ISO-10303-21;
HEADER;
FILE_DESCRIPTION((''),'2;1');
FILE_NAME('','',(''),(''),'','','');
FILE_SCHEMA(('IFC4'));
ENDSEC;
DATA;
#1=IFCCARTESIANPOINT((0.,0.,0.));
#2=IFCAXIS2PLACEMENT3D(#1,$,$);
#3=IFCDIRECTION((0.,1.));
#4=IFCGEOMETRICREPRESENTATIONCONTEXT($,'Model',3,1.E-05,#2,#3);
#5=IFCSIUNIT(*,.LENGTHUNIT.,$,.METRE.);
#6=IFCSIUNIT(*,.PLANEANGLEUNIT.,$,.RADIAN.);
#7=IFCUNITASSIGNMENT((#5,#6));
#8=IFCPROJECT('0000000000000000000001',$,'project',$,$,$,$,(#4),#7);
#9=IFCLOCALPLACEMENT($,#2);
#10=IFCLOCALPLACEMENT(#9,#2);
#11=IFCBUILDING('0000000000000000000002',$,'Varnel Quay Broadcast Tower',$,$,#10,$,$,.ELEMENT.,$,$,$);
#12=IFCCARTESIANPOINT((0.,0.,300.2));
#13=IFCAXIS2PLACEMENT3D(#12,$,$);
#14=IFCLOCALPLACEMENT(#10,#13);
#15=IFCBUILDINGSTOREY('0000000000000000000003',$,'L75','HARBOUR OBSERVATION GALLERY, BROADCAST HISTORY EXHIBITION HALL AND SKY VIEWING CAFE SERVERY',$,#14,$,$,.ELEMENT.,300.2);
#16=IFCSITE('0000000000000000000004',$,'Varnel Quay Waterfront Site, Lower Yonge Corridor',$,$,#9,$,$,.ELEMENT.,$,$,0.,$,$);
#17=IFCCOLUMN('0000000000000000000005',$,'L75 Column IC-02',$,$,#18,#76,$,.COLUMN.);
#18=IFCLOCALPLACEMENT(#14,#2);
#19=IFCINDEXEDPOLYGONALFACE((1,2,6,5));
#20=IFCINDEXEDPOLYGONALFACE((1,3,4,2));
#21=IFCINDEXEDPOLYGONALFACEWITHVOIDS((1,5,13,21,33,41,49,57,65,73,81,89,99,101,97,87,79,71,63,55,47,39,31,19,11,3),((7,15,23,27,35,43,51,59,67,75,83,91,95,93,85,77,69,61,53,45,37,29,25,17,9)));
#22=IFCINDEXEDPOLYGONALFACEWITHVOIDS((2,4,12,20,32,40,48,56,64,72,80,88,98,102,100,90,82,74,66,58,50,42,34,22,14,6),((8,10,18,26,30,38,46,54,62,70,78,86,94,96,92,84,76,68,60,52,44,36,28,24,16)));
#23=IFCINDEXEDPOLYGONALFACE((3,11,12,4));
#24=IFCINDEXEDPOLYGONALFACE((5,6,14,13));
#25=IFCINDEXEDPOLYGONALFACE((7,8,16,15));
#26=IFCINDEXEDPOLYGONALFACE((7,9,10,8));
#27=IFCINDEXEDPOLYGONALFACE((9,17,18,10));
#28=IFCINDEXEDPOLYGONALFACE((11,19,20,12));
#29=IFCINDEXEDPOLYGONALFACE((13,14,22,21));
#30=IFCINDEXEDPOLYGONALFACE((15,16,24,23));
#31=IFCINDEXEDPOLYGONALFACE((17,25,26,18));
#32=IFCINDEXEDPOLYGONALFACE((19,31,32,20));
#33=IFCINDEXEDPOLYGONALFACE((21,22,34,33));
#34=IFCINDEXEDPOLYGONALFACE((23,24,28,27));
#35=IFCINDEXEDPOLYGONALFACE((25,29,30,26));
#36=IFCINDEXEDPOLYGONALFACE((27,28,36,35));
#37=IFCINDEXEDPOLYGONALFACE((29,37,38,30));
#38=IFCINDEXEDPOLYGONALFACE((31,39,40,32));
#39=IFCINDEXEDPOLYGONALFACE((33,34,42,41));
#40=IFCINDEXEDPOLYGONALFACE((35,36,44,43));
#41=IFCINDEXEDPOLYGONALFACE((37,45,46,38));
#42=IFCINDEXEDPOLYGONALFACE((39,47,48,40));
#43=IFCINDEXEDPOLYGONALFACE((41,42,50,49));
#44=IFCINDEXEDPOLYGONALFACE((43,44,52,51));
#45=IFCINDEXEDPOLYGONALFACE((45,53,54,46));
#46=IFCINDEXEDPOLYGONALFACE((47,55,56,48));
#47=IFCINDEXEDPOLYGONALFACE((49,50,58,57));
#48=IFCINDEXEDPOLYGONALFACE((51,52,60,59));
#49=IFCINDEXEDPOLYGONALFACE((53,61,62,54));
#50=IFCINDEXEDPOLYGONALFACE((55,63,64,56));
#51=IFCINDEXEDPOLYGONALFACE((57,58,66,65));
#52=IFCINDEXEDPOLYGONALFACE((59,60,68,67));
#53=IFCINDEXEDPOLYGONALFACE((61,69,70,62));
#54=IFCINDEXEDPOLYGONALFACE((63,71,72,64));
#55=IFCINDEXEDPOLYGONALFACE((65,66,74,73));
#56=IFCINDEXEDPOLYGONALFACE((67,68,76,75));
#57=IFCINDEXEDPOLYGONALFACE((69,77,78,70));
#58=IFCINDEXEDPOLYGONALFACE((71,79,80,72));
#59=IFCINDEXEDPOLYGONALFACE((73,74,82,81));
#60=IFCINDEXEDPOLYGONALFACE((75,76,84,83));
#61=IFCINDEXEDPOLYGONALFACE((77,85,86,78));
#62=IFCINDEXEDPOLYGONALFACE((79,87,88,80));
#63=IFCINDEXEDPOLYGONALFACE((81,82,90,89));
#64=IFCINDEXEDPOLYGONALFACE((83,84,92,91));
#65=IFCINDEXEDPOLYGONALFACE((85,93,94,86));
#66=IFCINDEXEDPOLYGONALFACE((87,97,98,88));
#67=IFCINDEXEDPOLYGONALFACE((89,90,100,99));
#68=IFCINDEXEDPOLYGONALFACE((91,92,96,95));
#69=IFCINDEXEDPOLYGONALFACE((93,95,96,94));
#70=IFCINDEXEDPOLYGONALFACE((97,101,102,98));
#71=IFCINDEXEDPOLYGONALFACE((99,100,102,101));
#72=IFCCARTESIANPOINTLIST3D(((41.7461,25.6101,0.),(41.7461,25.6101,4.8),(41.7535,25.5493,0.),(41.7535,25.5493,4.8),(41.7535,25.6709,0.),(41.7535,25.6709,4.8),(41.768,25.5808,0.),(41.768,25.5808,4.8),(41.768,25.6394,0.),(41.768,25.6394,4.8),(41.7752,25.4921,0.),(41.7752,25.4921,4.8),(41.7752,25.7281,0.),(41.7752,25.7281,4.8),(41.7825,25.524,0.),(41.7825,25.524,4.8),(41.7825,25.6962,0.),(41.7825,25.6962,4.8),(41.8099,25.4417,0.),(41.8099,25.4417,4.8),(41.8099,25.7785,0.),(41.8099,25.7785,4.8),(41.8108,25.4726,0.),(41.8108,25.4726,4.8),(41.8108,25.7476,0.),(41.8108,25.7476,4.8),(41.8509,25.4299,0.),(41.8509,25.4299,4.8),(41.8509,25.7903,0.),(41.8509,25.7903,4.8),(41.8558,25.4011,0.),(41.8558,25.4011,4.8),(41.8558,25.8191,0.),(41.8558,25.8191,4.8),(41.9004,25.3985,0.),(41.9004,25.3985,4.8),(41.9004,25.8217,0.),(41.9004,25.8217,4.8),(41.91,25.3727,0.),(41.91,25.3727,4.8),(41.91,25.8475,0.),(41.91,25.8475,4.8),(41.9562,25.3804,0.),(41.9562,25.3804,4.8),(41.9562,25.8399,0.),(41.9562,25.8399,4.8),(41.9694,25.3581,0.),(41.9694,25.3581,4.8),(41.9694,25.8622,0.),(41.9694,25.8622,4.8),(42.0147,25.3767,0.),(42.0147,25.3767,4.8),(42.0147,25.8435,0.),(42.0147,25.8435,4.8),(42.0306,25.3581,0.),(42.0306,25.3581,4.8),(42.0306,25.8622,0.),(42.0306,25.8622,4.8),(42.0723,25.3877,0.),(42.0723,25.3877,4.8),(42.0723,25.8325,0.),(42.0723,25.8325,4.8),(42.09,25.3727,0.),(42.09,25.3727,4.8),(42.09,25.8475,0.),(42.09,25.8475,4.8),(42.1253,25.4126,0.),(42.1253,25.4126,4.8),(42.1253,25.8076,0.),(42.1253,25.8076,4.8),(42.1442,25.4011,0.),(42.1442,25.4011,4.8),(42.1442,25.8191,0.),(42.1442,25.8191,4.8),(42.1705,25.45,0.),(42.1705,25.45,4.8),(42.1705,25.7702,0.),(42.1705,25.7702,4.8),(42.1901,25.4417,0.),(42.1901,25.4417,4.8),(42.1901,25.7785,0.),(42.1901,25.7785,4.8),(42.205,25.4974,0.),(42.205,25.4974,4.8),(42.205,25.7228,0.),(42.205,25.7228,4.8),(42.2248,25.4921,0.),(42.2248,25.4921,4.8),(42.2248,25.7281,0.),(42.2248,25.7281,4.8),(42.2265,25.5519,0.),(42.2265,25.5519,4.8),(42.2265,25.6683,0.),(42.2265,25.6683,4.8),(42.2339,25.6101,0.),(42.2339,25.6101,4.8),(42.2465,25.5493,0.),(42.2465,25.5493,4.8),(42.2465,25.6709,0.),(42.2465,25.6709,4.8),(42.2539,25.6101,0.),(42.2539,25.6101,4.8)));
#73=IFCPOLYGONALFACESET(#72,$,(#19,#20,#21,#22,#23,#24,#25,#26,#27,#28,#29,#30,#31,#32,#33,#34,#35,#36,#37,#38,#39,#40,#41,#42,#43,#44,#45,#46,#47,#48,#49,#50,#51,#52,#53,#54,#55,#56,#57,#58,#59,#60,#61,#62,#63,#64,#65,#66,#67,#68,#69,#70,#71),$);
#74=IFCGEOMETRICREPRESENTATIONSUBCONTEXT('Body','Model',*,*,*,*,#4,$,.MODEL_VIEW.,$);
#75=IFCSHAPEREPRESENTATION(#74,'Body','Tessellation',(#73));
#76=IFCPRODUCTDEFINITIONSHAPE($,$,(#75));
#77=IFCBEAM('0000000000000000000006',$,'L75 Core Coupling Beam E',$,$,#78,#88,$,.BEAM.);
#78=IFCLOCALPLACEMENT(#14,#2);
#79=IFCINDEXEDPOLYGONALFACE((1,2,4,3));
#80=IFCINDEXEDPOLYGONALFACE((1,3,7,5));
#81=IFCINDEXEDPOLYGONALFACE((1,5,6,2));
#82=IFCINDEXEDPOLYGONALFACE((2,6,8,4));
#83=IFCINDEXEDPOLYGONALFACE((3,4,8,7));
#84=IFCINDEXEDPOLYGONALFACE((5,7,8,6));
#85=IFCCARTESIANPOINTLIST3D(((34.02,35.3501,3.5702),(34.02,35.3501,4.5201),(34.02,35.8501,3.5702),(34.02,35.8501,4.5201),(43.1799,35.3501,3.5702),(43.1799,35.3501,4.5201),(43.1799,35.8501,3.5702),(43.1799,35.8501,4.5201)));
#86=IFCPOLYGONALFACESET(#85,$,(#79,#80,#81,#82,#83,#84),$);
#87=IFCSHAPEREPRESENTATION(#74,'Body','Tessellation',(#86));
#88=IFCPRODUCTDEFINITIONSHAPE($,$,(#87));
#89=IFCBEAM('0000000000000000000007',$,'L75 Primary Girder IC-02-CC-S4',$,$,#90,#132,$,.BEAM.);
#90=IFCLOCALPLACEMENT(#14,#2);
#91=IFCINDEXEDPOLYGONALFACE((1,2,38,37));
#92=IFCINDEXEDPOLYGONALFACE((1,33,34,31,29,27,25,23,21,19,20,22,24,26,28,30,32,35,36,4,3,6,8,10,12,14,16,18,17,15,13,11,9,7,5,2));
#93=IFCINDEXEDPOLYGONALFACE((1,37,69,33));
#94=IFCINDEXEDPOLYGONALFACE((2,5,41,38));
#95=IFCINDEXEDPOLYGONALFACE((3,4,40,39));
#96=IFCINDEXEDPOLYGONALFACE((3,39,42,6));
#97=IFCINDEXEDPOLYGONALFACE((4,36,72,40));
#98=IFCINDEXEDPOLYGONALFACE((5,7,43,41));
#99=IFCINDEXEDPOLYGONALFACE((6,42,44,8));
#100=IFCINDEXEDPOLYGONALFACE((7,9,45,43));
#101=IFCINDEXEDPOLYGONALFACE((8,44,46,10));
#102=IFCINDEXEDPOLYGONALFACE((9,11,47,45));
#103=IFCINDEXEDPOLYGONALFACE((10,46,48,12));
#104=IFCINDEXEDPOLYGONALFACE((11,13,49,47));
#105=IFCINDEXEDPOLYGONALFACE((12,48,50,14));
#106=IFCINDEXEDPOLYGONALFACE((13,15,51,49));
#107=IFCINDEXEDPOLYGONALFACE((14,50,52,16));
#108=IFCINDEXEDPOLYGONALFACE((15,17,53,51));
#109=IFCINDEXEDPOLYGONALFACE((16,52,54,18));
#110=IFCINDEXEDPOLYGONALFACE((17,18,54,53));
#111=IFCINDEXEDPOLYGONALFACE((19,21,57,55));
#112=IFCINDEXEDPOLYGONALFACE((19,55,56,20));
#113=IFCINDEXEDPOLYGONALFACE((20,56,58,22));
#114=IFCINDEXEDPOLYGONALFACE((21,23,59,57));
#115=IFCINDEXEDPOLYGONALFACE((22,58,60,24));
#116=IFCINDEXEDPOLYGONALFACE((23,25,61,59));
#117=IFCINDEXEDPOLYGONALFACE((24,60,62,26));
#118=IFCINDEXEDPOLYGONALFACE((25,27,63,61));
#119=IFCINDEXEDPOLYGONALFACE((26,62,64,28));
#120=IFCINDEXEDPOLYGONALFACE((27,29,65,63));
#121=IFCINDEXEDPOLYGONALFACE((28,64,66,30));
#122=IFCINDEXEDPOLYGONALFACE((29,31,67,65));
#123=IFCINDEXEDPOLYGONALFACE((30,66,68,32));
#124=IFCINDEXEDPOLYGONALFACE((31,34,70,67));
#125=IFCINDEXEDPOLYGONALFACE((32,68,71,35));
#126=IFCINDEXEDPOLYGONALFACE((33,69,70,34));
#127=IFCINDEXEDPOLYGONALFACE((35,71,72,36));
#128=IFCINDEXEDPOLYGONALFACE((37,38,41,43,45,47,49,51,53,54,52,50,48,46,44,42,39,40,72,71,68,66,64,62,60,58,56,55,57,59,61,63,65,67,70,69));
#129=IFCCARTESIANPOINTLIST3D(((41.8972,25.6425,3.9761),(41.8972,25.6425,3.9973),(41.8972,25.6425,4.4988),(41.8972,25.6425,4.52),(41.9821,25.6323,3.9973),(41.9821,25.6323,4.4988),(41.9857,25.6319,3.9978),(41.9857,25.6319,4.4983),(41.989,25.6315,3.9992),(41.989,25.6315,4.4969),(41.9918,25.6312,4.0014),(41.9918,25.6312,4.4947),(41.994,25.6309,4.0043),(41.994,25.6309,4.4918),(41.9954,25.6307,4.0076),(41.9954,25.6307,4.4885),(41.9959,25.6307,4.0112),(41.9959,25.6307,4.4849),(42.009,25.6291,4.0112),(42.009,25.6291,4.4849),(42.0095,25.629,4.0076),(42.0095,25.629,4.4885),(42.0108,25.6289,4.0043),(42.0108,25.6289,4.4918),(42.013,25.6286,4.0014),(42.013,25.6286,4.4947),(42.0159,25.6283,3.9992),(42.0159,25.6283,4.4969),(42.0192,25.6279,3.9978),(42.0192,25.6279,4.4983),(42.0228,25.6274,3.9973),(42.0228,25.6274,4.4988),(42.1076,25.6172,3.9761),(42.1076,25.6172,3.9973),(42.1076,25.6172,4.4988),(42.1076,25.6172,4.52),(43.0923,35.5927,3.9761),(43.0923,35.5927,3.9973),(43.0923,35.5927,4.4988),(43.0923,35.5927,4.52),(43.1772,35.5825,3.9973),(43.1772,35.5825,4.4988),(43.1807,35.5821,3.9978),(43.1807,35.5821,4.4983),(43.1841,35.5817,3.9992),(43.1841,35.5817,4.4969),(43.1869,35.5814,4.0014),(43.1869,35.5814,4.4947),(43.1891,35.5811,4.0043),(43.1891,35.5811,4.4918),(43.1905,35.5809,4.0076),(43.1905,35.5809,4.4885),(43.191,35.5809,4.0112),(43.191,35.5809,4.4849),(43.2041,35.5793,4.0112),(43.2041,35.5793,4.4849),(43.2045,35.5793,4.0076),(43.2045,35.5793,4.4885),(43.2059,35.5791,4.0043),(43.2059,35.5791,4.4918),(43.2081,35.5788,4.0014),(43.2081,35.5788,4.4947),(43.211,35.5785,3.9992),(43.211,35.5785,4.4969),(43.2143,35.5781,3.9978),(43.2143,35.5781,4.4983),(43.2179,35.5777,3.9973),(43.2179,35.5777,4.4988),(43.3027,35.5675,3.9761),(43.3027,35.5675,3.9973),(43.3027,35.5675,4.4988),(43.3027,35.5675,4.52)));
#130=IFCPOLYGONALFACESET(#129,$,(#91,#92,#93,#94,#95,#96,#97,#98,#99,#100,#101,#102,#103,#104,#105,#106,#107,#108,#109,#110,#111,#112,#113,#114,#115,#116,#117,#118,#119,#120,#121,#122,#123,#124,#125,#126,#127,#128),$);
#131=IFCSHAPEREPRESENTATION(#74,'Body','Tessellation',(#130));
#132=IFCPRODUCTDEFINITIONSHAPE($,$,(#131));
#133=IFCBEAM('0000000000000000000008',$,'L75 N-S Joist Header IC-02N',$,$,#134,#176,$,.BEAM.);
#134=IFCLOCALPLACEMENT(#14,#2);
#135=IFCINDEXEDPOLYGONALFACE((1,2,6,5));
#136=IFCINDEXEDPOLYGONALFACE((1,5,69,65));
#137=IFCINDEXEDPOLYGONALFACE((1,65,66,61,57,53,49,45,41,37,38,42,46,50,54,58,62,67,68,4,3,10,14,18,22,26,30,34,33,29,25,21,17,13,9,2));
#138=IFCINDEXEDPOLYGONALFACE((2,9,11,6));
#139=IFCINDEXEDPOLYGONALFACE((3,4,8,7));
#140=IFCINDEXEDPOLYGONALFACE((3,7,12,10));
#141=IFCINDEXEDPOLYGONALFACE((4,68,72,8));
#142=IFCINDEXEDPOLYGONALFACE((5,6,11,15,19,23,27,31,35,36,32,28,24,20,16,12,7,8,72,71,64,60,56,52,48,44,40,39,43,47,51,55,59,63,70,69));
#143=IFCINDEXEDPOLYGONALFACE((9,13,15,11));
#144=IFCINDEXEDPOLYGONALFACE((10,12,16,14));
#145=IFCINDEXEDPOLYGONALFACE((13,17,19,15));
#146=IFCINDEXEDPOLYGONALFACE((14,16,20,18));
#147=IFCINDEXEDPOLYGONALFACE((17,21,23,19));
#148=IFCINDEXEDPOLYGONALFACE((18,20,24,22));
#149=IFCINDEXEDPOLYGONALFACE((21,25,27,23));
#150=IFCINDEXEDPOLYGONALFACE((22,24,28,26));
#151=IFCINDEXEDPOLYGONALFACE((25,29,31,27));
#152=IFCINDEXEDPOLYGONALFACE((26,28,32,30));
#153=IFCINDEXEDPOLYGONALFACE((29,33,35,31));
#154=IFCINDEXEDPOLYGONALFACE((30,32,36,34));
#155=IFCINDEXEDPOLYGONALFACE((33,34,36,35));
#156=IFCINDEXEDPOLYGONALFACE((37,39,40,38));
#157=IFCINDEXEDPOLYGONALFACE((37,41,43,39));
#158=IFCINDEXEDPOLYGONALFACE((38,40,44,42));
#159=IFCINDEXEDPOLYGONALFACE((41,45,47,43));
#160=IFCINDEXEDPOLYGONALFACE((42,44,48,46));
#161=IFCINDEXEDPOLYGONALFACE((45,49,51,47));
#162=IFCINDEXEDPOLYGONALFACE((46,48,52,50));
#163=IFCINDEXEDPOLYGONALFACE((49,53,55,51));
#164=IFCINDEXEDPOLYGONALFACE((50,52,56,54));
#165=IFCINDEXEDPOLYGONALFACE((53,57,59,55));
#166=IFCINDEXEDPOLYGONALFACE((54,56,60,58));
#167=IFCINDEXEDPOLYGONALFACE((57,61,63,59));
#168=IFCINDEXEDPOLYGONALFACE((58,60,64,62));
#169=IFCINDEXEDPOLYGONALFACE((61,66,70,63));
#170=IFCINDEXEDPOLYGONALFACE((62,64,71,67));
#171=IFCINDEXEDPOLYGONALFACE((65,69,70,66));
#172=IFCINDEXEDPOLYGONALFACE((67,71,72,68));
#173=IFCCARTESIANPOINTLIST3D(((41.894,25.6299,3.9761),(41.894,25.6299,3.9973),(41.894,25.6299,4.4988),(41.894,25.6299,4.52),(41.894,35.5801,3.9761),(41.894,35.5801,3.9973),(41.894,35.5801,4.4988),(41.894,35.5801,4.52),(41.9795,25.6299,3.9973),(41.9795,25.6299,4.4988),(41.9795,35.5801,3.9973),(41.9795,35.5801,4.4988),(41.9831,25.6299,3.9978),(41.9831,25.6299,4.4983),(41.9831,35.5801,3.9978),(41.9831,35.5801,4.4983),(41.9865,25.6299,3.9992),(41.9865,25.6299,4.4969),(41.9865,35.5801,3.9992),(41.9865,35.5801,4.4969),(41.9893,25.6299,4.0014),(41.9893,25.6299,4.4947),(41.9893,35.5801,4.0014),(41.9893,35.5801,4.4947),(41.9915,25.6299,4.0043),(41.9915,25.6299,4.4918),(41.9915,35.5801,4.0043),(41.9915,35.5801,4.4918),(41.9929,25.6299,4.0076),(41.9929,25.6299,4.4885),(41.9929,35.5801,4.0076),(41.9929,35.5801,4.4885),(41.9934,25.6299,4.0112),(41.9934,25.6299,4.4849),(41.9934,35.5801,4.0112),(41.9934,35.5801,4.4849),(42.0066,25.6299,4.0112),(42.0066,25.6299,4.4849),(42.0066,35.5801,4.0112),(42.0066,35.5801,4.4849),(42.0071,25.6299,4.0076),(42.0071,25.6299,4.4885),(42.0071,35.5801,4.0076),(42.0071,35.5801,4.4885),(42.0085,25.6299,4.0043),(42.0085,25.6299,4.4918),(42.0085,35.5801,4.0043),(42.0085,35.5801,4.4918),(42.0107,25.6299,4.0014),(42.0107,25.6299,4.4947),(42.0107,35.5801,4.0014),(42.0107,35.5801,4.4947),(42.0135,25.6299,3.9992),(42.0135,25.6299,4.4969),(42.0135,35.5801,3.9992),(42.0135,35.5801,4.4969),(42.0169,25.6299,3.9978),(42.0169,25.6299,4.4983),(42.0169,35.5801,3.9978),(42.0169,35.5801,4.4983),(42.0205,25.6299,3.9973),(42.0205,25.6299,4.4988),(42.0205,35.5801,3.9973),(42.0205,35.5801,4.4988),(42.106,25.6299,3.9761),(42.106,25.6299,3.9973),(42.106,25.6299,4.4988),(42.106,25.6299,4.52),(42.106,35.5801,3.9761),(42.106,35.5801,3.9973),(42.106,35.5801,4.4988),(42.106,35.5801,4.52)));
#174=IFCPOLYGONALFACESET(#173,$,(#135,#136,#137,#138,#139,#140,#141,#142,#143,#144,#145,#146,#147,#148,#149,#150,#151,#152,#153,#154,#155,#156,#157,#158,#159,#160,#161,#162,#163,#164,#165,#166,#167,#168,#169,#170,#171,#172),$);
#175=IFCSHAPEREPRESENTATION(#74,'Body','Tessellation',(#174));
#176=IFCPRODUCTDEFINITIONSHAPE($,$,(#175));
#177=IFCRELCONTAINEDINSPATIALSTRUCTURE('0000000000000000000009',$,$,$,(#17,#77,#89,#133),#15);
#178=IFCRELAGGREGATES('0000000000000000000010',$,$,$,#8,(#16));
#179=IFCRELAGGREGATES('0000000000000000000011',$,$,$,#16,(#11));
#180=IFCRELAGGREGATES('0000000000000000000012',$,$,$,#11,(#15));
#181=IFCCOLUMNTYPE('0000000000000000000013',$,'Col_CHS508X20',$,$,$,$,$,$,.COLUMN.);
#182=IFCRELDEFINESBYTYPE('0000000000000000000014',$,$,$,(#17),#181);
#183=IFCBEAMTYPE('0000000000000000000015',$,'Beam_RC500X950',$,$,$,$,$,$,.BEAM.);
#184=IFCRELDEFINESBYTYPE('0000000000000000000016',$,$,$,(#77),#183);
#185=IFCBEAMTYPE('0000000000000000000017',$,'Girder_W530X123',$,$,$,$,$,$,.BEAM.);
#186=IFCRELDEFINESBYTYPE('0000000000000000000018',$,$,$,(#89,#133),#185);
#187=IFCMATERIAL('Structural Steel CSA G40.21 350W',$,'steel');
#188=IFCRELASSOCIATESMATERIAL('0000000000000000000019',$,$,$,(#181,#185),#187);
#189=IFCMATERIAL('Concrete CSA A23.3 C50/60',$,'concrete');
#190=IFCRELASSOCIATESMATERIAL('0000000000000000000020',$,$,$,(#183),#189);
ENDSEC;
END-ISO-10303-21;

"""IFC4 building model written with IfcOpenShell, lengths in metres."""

from ifc_helpers import new_model, si_unit, direction, frame, origin, origin_2d, place, context, subcontext, project, spatial, rectangle, hollow_circle, i_section, extrude, source, transform, mapped, material, material_profile, profile_set, type_object, type_shapes, element, save


model = new_model("IFC4")

# Units and contexts
model_context = context("Model", 3, precision=1e-05, world=origin(), true_north=direction((0.0, 1.0)))
body_context = subcontext(model_context, "Body", "Model", "MODEL_VIEW")
ifc_project = project(units=[si_unit("LENGTHUNIT", "METRE"), si_unit("PLANEANGLEUNIT", "RADIAN")], contexts=[model_context])

# Site, building, storey
site_placement = place(None, origin())
site = spatial("IfcSite", under=ifc_project, at=site_placement, Name="Varnel Quay Waterfront Site, Lower Yonge Corridor", CompositionType="ELEMENT", RefElevation=0.0)
building_placement = place(site_placement, origin())
building = spatial("IfcBuilding", under=site, at=building_placement, Name="Varnel Quay Broadcast Tower", CompositionType="ELEMENT")
storey_placement = place(building_placement, frame((0.0, 0.0, 300.2)))
storey = spatial("IfcBuildingStorey", under=building, at=storey_placement, Name="L75", Description="HARBOUR OBSERVATION GALLERY, BROADCAST HISTORY EXHIBITION HALL AND SKY VIEWING CAFE SERVERY", CompositionType="ELEMENT", Elevation=300.2)

# Column
ifc_material_1 = material(Name="Structural Steel CSA G40.21 350W", Category="steel")
ifc_material_profile_1 = material_profile(ifc_material_1, hollow_circle(Radius=0.2539, WallThickness=0.02, at=origin_2d()), Name="CHS508X20")
ifc_profile_set_1 = profile_set([ifc_material_profile_1], Name="Structural Steel CSA G40.21 350W")
column_type_1 = type_object("IfcColumnType", Name="Col_CHS508X20", PredefinedType="COLUMN", material=ifc_profile_set_1)
shared_shape_1 = source(origin(), body_context, "Body", "SweptSolid", [
    extrude(hollow_circle(Radius=0.2539, WallThickness=0.02, at=origin_2d()), origin(), (0.0, 0.0, 1.0), 4.8),
])
type_shapes(column_type_1, [shared_shape_1])
column_placement = place(storey_placement, frame((42.0, 25.6101, 0.0), z_axis=(0.0, 0.0, 1.0), x_axis=(1.0, 0.0, 0.0)))
element("IfcColumn", 1, at=column_placement, inside=storey, type_object=column_type_1, Name="L75 Column IC-02", PredefinedType="COLUMN", context=body_context, shape_type="MappedRepresentation", body=[
    mapped(shared_shape_1, transform((0.0, 0.0, 0.0), x_axis=(1.0, 0.0, 0.0), y_axis=(0.0, 1.0, 0.0), z_axis=(0.0, 0.0, 1.0), scale=1.0)),
])

# Beams
ifc_material_2 = material(Name="Concrete CSA A23.3 C50/60", Category="concrete")
ifc_material_profile_2 = material_profile(ifc_material_2, rectangle(XDim=0.5, YDim=0.95, at=origin_2d()), Name="RC500X950")
ifc_profile_set_2 = profile_set([ifc_material_profile_2], Name="Concrete CSA A23.3 C50/60")
beam_type_1 = type_object("IfcBeamType", Name="Beam_RC500X950", PredefinedType="BEAM", material=ifc_profile_set_2)
shared_shape_2 = source(origin(), body_context, "Body", "SweptSolid", [
    extrude(rectangle(XDim=0.5, YDim=0.95, at=origin_2d()), origin(), (0.0, 0.0, 1.0), 9.1599),
])
type_shapes(beam_type_1, [shared_shape_2])
beam_1_placement = place(storey_placement, frame((34.02, 35.6001, 4.0452), z_axis=(1.0, 0.0, 0.0), x_axis=(0.0, 1.0, 0.0)))
element("IfcBeam", 2, at=beam_1_placement, inside=storey, type_object=beam_type_1, Name="L75 Core Coupling Beam E", PredefinedType="BEAM", context=body_context, shape_type="MappedRepresentation", body=[
    mapped(shared_shape_2, transform((0.0, 0.0, 0.0), x_axis=(1.0, 0.0, 0.0), y_axis=(0.0, 1.0, 0.0), z_axis=(0.0, 0.0, 1.0), scale=1.0)),
])
ifc_material_profile_3 = material_profile(ifc_material_1, i_section(OverallWidth=0.2119, OverallDepth=0.5439, WebThickness=0.0132, FlangeThickness=0.0212, FilletRadius=0.0139, at=origin_2d()), Name="W530X123")
ifc_profile_set_3 = profile_set([ifc_material_profile_3], Name="Structural Steel CSA G40.21 350W")
beam_type_2 = type_object("IfcBeamType", Name="Girder_W530X123", PredefinedType="BEAM", material=ifc_profile_set_3)
shared_shape_3 = source(origin(), body_context, "Body", "SweptSolid", [
    extrude(i_section(OverallWidth=0.2119, OverallDepth=0.5439, WebThickness=0.0132, FlangeThickness=0.0212, FilletRadius=0.0139, at=origin_2d()), origin(), (0.0, 0.0, 1.0), 10.0217),
])
beam_2_placement = place(storey_placement, frame((42.0024, 25.6299, 4.248), z_axis=(0.119248, 0.992864, 0.0), x_axis=(-0.992864, 0.119248, 0.0)))
element("IfcBeam", 3, at=beam_2_placement, inside=storey, type_object=beam_type_2, Name="L75 Primary Girder IC-02-CC-S4", PredefinedType="BEAM", context=body_context, shape_type="MappedRepresentation", body=[
    mapped(shared_shape_3, transform((0.0, 0.0, 0.0), x_axis=(1.0, 0.0, 0.0), y_axis=(0.0, 1.0, 0.0), z_axis=(0.0, 0.0, 1.0), scale=1.0)),
])
shared_shape_4 = source(origin(), body_context, "Body", "SweptSolid", [
    extrude(i_section(OverallWidth=0.2119, OverallDepth=0.5439, WebThickness=0.0132, FlangeThickness=0.0212, FilletRadius=0.0139, at=origin_2d()), origin(), (0.0, 0.0, 1.0), 9.9502),
])
type_shapes(beam_type_2, [shared_shape_3, shared_shape_4])
beam_3_placement = place(storey_placement, frame((42.0, 25.6299, 4.248), z_axis=(0.0, 1.0, 0.0), x_axis=(-1.0, 0.0, 0.0)))
element("IfcBeam", 4, at=beam_3_placement, inside=storey, type_object=beam_type_2, Name="L75 N-S Joist Header IC-02N", PredefinedType="BEAM", context=body_context, shape_type="MappedRepresentation", body=[
    mapped(shared_shape_4, transform((0.0, 0.0, 0.0), x_axis=(1.0, 0.0, 0.0), y_axis=(0.0, 1.0, 0.0), z_axis=(0.0, 0.0, 1.0), scale=1.0)),
])

save(model, "model.ifc")
